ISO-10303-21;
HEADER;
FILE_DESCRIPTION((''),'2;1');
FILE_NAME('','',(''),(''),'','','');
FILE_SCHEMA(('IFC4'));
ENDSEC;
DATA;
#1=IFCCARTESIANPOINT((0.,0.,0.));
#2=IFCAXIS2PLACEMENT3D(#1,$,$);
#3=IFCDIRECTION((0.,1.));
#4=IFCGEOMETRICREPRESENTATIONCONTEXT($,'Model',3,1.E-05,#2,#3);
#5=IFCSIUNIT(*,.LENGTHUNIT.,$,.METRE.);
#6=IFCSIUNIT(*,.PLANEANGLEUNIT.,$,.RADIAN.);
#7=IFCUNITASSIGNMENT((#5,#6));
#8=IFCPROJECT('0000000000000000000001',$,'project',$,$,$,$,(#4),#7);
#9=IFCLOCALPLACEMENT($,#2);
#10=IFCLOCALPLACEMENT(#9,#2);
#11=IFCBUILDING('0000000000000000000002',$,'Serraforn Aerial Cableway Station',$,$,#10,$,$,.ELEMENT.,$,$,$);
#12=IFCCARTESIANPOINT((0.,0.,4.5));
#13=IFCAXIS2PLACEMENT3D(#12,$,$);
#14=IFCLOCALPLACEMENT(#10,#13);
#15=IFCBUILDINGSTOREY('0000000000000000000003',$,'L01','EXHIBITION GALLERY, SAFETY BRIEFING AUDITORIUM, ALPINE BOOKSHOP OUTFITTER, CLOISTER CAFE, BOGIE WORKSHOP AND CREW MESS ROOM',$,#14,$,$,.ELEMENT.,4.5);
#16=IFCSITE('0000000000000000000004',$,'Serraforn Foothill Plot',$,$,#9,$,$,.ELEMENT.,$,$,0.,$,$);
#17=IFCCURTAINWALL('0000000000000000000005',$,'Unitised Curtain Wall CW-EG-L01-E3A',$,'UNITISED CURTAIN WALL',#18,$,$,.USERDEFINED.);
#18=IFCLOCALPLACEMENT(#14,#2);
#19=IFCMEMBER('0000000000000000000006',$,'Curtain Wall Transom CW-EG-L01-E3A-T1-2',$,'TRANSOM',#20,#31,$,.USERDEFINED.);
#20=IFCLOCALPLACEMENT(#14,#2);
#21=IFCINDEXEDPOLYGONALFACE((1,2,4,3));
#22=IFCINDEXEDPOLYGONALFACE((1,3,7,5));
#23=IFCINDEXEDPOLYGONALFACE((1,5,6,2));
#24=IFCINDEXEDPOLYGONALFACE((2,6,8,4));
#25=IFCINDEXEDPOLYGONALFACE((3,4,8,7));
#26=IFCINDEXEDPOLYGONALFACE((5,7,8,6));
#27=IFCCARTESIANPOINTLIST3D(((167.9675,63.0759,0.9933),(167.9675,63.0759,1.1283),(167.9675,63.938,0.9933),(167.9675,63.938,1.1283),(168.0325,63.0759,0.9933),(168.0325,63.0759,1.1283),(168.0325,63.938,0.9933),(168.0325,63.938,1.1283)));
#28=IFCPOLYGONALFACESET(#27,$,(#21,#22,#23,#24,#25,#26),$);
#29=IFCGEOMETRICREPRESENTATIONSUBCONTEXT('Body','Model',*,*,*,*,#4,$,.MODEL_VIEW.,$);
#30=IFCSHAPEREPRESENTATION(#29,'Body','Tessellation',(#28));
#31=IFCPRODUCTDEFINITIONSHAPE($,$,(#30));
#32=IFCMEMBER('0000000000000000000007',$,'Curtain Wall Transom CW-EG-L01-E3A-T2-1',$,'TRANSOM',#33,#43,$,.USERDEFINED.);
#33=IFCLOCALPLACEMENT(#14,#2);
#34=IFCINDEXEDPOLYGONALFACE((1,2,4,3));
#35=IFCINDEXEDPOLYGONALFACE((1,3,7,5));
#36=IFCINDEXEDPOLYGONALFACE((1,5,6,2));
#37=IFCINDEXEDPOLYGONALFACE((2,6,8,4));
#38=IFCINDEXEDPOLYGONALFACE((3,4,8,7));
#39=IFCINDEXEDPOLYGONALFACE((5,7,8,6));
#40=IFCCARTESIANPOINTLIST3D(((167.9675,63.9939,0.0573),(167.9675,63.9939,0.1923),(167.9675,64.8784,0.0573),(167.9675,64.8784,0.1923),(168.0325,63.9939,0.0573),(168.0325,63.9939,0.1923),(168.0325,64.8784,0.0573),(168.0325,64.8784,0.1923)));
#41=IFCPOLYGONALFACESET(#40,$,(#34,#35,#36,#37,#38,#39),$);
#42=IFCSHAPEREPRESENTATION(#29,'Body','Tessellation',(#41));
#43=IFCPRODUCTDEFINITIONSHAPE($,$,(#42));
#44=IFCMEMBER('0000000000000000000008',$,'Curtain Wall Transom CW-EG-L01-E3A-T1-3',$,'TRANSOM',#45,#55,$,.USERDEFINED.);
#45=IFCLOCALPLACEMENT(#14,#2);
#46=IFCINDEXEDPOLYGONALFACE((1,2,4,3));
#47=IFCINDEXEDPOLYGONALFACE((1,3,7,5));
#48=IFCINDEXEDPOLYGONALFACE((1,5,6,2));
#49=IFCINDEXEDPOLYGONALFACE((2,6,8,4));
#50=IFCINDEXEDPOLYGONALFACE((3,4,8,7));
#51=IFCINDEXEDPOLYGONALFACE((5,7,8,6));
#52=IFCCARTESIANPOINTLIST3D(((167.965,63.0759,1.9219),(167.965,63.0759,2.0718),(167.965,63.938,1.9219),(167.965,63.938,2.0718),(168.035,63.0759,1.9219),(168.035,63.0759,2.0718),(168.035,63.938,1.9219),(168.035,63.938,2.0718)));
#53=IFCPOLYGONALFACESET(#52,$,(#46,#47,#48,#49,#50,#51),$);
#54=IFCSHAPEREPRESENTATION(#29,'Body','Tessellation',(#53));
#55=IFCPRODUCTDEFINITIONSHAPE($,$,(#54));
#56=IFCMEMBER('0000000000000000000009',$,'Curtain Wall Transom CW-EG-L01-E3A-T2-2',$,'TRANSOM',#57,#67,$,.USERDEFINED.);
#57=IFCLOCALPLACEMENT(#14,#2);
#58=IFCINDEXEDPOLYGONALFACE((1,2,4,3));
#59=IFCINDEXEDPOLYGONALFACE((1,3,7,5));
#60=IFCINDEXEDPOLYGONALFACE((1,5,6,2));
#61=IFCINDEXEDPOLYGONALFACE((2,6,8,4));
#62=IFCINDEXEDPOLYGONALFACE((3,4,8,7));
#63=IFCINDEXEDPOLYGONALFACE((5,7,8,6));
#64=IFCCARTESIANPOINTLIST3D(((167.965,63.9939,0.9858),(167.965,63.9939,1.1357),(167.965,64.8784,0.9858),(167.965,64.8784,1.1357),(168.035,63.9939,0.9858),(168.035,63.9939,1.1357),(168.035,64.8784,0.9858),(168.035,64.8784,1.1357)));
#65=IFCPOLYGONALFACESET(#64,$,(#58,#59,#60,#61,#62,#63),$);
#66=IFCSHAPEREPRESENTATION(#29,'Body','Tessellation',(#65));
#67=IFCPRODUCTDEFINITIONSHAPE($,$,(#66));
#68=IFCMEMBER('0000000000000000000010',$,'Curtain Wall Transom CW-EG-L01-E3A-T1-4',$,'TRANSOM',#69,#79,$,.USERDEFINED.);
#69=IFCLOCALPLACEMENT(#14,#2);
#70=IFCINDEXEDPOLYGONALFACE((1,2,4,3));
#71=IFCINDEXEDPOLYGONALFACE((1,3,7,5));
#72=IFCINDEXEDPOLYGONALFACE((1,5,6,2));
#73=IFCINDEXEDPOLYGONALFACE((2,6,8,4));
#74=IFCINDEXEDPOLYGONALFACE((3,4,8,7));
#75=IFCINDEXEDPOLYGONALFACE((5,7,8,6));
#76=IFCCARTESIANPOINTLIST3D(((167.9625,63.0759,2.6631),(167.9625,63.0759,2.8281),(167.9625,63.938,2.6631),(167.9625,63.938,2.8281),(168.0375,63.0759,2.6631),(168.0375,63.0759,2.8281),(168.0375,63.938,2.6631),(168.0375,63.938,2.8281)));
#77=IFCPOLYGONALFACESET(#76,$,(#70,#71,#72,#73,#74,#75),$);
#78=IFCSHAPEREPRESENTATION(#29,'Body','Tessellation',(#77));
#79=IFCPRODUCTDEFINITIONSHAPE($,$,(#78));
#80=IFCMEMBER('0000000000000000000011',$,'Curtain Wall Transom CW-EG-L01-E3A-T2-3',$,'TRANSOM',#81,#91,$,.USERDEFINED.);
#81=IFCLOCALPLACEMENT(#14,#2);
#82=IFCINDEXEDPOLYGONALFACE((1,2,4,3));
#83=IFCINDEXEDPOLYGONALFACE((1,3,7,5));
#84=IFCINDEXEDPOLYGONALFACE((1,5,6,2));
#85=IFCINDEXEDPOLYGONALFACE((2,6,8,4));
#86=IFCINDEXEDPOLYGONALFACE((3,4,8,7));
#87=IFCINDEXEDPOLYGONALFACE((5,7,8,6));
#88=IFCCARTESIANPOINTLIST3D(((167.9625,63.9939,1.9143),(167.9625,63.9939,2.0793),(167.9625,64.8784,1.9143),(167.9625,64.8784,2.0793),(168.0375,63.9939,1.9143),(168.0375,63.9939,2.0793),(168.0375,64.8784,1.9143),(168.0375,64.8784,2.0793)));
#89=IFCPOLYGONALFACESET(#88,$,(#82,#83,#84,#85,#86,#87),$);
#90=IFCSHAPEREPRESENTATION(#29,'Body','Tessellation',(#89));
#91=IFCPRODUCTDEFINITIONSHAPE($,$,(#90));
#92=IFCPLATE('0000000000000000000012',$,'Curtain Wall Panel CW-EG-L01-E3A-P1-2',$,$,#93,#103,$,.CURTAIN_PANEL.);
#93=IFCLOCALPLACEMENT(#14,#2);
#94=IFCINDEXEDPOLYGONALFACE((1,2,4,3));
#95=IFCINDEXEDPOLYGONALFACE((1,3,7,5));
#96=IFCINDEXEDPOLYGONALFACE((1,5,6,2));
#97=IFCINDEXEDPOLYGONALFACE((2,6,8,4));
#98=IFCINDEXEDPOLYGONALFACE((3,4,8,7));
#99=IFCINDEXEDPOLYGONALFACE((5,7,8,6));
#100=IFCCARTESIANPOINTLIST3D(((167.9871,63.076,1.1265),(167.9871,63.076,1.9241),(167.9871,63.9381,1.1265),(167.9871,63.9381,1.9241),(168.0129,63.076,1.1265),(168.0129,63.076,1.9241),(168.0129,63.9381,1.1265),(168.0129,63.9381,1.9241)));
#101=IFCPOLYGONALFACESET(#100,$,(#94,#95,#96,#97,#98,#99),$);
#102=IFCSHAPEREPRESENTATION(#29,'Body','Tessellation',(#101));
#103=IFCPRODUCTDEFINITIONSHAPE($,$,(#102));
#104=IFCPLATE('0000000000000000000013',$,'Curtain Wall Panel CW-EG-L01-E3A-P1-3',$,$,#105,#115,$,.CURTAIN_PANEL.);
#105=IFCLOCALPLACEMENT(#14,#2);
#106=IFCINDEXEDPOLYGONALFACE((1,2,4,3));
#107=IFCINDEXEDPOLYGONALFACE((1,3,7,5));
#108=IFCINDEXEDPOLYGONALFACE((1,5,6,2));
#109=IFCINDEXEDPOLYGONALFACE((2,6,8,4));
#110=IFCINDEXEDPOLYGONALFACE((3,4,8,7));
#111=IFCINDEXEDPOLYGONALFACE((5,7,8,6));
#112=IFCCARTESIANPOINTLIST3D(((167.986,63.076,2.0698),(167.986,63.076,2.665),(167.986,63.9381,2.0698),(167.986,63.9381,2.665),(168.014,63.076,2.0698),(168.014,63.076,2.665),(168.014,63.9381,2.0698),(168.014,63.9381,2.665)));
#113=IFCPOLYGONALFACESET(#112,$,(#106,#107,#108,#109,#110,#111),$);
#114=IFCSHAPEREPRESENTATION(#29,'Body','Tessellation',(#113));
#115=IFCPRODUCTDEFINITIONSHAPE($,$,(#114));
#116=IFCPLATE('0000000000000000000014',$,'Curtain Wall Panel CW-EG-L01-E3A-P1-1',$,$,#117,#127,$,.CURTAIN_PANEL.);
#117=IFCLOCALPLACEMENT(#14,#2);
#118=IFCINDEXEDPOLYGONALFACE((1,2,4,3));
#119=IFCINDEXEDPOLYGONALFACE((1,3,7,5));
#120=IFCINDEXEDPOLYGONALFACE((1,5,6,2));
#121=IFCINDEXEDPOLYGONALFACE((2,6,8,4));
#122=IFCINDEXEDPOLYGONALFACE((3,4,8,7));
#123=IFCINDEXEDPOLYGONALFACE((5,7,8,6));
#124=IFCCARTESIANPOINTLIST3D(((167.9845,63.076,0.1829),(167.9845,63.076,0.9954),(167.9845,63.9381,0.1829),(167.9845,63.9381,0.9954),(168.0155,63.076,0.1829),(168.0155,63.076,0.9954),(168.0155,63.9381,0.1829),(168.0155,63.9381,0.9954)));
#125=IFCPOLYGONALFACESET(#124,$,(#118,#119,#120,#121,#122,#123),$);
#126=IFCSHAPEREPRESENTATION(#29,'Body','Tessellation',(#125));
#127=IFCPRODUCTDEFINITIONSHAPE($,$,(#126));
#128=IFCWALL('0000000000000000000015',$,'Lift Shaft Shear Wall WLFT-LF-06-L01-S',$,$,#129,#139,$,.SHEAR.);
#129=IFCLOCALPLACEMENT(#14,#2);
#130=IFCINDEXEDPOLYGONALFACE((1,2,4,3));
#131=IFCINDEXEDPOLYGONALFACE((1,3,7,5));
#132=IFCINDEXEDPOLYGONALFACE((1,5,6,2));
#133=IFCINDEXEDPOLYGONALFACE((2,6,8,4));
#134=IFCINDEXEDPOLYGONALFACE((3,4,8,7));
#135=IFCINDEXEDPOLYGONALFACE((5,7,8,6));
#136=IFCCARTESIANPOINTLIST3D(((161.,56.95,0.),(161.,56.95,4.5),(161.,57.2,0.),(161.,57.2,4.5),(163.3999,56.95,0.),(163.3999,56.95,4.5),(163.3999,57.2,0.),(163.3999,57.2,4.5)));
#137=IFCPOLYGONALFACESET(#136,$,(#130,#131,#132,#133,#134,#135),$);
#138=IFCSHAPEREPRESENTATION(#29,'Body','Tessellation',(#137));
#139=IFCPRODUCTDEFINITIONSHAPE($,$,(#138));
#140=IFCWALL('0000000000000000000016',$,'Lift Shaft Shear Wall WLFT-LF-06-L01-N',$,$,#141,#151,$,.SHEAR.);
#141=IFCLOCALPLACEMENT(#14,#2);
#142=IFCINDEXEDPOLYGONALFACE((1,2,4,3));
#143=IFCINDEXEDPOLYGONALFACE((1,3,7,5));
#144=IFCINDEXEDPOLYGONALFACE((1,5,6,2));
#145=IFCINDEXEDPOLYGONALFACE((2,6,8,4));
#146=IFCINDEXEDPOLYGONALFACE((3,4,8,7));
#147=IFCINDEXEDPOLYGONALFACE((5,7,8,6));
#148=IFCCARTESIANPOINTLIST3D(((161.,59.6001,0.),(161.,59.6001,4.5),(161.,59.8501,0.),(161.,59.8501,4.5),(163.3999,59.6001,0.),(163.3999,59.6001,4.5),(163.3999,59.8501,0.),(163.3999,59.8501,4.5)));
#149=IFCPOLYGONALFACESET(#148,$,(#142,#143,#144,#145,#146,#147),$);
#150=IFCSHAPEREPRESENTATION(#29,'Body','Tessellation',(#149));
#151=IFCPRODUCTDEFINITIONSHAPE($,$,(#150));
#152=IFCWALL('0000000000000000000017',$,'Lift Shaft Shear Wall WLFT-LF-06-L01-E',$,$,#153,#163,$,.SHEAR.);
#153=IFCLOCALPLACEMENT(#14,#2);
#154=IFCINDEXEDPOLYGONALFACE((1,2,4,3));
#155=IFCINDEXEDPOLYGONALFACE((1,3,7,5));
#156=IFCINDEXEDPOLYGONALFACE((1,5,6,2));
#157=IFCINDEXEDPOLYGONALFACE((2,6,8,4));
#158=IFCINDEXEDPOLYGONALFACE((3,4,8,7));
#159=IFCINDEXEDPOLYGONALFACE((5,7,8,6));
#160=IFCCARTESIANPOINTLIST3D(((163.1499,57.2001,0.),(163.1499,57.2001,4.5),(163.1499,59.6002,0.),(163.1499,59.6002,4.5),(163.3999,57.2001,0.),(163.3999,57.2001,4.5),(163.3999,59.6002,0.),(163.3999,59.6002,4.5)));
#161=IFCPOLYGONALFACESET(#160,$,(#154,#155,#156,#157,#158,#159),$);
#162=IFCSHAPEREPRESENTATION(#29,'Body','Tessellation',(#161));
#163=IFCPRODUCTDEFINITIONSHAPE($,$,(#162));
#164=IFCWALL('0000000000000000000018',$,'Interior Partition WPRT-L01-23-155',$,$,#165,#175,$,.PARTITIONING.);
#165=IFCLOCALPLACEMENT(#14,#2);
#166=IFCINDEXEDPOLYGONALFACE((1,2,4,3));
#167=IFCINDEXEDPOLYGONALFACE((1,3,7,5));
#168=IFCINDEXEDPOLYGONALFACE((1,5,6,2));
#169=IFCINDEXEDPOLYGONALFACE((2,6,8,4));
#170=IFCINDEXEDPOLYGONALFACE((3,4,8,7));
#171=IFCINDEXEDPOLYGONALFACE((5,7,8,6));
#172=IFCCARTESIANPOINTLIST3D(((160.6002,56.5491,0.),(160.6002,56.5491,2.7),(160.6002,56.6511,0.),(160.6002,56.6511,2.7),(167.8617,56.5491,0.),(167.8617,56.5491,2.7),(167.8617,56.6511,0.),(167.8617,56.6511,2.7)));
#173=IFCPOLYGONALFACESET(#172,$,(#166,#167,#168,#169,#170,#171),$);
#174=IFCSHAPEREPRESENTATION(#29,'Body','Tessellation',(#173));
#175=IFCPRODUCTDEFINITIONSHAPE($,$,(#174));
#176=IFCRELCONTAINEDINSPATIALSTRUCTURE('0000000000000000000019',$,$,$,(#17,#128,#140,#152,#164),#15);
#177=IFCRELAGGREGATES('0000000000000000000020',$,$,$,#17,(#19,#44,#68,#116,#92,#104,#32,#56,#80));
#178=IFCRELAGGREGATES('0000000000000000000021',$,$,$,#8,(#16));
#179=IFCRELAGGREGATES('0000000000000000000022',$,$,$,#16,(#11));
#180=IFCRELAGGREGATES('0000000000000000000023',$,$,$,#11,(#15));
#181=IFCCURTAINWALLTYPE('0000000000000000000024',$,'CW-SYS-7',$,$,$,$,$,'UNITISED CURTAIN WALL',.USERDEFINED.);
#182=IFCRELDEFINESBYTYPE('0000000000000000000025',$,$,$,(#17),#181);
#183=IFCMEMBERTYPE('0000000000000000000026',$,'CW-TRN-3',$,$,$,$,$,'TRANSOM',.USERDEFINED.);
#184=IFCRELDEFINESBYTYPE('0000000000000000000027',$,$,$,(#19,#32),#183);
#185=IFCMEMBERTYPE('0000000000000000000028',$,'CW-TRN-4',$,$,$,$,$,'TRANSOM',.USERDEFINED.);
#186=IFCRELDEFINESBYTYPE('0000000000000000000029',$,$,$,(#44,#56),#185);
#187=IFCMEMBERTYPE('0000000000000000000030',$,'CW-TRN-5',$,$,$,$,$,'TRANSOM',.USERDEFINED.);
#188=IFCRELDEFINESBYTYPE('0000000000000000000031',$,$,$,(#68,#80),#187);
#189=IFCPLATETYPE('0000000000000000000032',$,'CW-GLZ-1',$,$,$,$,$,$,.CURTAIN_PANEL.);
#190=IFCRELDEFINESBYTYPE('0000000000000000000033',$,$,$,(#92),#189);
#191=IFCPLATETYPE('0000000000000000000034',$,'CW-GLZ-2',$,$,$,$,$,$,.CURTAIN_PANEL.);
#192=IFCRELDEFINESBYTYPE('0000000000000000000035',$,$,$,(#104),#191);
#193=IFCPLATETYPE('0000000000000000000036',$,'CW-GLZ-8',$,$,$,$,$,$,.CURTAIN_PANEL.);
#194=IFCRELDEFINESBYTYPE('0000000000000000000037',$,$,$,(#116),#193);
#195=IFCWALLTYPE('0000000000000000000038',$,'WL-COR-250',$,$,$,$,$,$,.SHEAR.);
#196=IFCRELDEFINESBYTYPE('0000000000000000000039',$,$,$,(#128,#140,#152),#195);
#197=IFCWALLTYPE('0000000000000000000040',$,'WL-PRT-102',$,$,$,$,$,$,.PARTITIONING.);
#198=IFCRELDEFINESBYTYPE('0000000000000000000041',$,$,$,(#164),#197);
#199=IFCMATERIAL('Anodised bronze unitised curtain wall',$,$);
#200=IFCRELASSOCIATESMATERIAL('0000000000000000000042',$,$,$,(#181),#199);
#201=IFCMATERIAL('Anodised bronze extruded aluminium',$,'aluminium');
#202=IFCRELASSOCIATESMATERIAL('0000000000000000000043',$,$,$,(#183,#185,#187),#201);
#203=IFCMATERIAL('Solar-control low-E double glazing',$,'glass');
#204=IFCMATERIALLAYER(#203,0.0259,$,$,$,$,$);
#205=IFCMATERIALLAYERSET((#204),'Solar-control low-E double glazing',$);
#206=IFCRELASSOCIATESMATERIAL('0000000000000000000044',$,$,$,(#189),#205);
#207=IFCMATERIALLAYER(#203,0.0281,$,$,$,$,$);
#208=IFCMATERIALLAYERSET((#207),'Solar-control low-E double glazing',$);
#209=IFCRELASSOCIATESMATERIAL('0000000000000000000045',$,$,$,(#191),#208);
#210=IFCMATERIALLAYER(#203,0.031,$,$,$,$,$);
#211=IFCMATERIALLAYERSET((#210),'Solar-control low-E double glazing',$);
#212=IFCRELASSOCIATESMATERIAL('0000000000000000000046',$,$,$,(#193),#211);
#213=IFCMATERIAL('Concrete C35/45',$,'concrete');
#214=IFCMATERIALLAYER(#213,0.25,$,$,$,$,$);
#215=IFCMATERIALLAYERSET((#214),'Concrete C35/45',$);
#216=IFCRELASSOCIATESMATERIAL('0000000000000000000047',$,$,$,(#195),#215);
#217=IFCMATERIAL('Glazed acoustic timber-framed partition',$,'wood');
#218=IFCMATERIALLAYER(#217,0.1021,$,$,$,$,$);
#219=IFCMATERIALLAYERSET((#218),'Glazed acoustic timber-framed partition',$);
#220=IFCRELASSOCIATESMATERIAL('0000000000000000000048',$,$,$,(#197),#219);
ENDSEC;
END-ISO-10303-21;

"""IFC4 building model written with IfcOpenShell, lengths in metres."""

from ifc_helpers import new_model, si_unit, direction, frame, frame_2d, origin, origin_2d, place, context, subcontext, project, spatial, rectangle, extrude, material, layer, layer_set, material_profile, profile_set, type_object, element, aggregate, save


model = new_model("IFC4")

# Units and contexts
model_context = context("Model", 3, precision=1e-05, world=origin(), true_north=direction((0.0, 1.0)))
body_context = subcontext(model_context, "Body", "Model", "MODEL_VIEW")
ifc_project = project(units=[si_unit("LENGTHUNIT", "METRE"), si_unit("PLANEANGLEUNIT", "RADIAN")], contexts=[model_context])

# Site, building, storey
site_placement = place(None, origin())
site = spatial("IfcSite", under=ifc_project, at=site_placement, Name="Serraforn Foothill Plot", CompositionType="ELEMENT", RefElevation=0.0)
building_placement = place(site_placement, origin())
building = spatial("IfcBuilding", under=site, at=building_placement, Name="Serraforn Aerial Cableway Station", CompositionType="ELEMENT")
storey_placement = place(building_placement, frame((0.0, 0.0, 4.5)))
storey = spatial("IfcBuildingStorey", under=building, at=storey_placement, Name="L01", Description="EXHIBITION GALLERY, SAFETY BRIEFING AUDITORIUM, ALPINE BOOKSHOP OUTFITTER, CLOISTER CAFE, BOGIE WORKSHOP AND CREW MESS ROOM", CompositionType="ELEMENT", Elevation=4.5)

# Shared definitions
ifc_material_1 = material(Name="Concrete C35/45", Category="concrete")

# Curtain wall, members, plates
ifc_material_2 = material(Name="Anodised bronze unitised curtain wall")
curtain_wall_type = type_object("IfcCurtainWallType", Name="CW-SYS-7", ElementType="UNITISED CURTAIN WALL", PredefinedType="USERDEFINED", material=ifc_material_2)
curtain_wall_placement = place(storey_placement, origin())
curtain_wall = element("IfcCurtainWall", 1, at=curtain_wall_placement, inside=storey, type_object=curtain_wall_type, Name="Unitised Curtain Wall CW-EG-L01-E3A", ObjectType="UNITISED CURTAIN WALL", PredefinedType="USERDEFINED")
ifc_material_3 = material(Name="Anodised bronze extruded aluminium", Category="aluminium")
ifc_material_profile_1 = material_profile(ifc_material_3, rectangle(XDim=0.0649, YDim=0.135, at=origin_2d()), Name="CW TRANSOM 65x135")
ifc_profile_set_1 = profile_set([ifc_material_profile_1], Name="Anodised bronze extruded aluminium")
member_type_1 = type_object("IfcMemberType", Name="CW-TRN-3", ElementType="TRANSOM", PredefinedType="USERDEFINED", material=ifc_profile_set_1)
member_1_placement = place(storey_placement, frame((168.0, 63.0759, 1.0608), z_axis=(0.0, 1.0, 0.0), x_axis=(-1.0, 0.0, 0.0)))
member_1 = element("IfcMember", 2, at=member_1_placement, type_object=member_type_1, Name="Curtain Wall Transom CW-EG-L01-E3A-T1-2", ObjectType="TRANSOM", PredefinedType="USERDEFINED", context=body_context, shape_type="SweptSolid", body=[
    extrude(rectangle(XDim=0.0649, YDim=0.135, at=origin_2d()), origin(), (0.0, 0.0, 1.0), 0.8621),
])
member_2_placement = place(storey_placement, frame((168.0, 63.9939, 0.1248), z_axis=(0.0, 1.0, 0.0), x_axis=(-1.0, 0.0, 0.0)))
member_2 = element("IfcMember", 3, at=member_2_placement, type_object=member_type_1, Name="Curtain Wall Transom CW-EG-L01-E3A-T2-1", ObjectType="TRANSOM", PredefinedType="USERDEFINED", context=body_context, shape_type="SweptSolid", body=[
    extrude(rectangle(XDim=0.0649, YDim=0.135, at=origin_2d()), origin(), (0.0, 0.0, 1.0), 0.8845),
])
ifc_material_profile_2 = material_profile(ifc_material_3, rectangle(XDim=0.0701, YDim=0.1499, at=origin_2d()), Name="CW TRANSOM 70x150")
ifc_profile_set_2 = profile_set([ifc_material_profile_2], Name="Anodised bronze extruded aluminium")
member_type_2 = type_object("IfcMemberType", Name="CW-TRN-4", ElementType="TRANSOM", PredefinedType="USERDEFINED", material=ifc_profile_set_2)
member_3_placement = place(storey_placement, frame((168.0, 63.0759, 1.9968), z_axis=(0.0, 1.0, 0.0), x_axis=(-1.0, 0.0, 0.0)))
member_3 = element("IfcMember", 4, at=member_3_placement, type_object=member_type_2, Name="Curtain Wall Transom CW-EG-L01-E3A-T1-3", ObjectType="TRANSOM", PredefinedType="USERDEFINED", context=body_context, shape_type="SweptSolid", body=[
    extrude(rectangle(XDim=0.0701, YDim=0.1499, at=origin_2d()), origin(), (0.0, 0.0, 1.0), 0.8621),
])
member_4_placement = place(storey_placement, frame((168.0, 63.9939, 1.0608), z_axis=(0.0, 1.0, 0.0), x_axis=(-1.0, 0.0, 0.0)))
member_4 = element("IfcMember", 5, at=member_4_placement, type_object=member_type_2, Name="Curtain Wall Transom CW-EG-L01-E3A-T2-2", ObjectType="TRANSOM", PredefinedType="USERDEFINED", context=body_context, shape_type="SweptSolid", body=[
    extrude(rectangle(XDim=0.0701, YDim=0.1499, at=origin_2d()), origin(), (0.0, 0.0, 1.0), 0.8845),
])
ifc_material_profile_3 = material_profile(ifc_material_3, rectangle(XDim=0.075, YDim=0.165, at=origin_2d()), Name="CW TRANSOM 75x165")
ifc_profile_set_3 = profile_set([ifc_material_profile_3], Name="Anodised bronze extruded aluminium")
member_type_3 = type_object("IfcMemberType", Name="CW-TRN-5", ElementType="TRANSOM", PredefinedType="USERDEFINED", material=ifc_profile_set_3)
member_5_placement = place(storey_placement, frame((168.0, 63.0759, 2.7456), z_axis=(0.0, 1.0, 0.0), x_axis=(-1.0, 0.0, 0.0)))
member_5 = element("IfcMember", 6, at=member_5_placement, type_object=member_type_3, Name="Curtain Wall Transom CW-EG-L01-E3A-T1-4", ObjectType="TRANSOM", PredefinedType="USERDEFINED", context=body_context, shape_type="SweptSolid", body=[
    extrude(rectangle(XDim=0.075, YDim=0.165, at=origin_2d()), origin(), (0.0, 0.0, 1.0), 0.8621),
])
member_6_placement = place(storey_placement, frame((168.0, 63.9939, 1.9968), z_axis=(0.0, 1.0, 0.0), x_axis=(-1.0, 0.0, 0.0)))
member_6 = element("IfcMember", 7, at=member_6_placement, type_object=member_type_3, Name="Curtain Wall Transom CW-EG-L01-E3A-T2-3", ObjectType="TRANSOM", PredefinedType="USERDEFINED", context=body_context, shape_type="SweptSolid", body=[
    extrude(rectangle(XDim=0.075, YDim=0.165, at=origin_2d()), origin(), (0.0, 0.0, 1.0), 0.8845),
])
ifc_material_4 = material(Name="Solar-control low-E double glazing", Category="glass")
ifc_layer_1 = layer(ifc_material_4, 0.0259)
ifc_layer_set_1 = layer_set([ifc_layer_1], Name="Solar-control low-E double glazing")
plate_type_1 = type_object("IfcPlateType", Name="CW-GLZ-1", PredefinedType="CURTAIN_PANEL", material=ifc_layer_set_1)
plate_1_placement = place(storey_placement, frame((168.0, 63.5071, 1.1265), z_axis=(0.0, 0.0, 1.0), x_axis=(1.0, 0.0, 0.0)))
plate_1 = element("IfcPlate", 8, at=plate_1_placement, type_object=plate_type_1, Name="Curtain Wall Panel CW-EG-L01-E3A-P1-2", PredefinedType="CURTAIN_PANEL", context=body_context, shape_type="SweptSolid", body=[
    extrude(rectangle(XDim=0.0259, YDim=0.8621, at=origin_2d()), origin(), (0.0, 0.0, 1.0), 0.7976),
])
ifc_layer_2 = layer(ifc_material_4, 0.0281)
ifc_layer_set_2 = layer_set([ifc_layer_2], Name="Solar-control low-E double glazing")
plate_type_2 = type_object("IfcPlateType", Name="CW-GLZ-2", PredefinedType="CURTAIN_PANEL", material=ifc_layer_set_2)
plate_2_placement = place(storey_placement, frame((168.0, 63.5071, 2.0698), z_axis=(0.0, 0.0, 1.0), x_axis=(1.0, 0.0, 0.0)))
plate_2 = element("IfcPlate", 9, at=plate_2_placement, type_object=plate_type_2, Name="Curtain Wall Panel CW-EG-L01-E3A-P1-3", PredefinedType="CURTAIN_PANEL", context=body_context, shape_type="SweptSolid", body=[
    extrude(rectangle(XDim=0.0281, YDim=0.8621, at=origin_2d()), origin(), (0.0, 0.0, 1.0), 0.5952),
])
ifc_layer_3 = layer(ifc_material_4, 0.031)
ifc_layer_set_3 = layer_set([ifc_layer_3], Name="Solar-control low-E double glazing")
plate_type_3 = type_object("IfcPlateType", Name="CW-GLZ-8", PredefinedType="CURTAIN_PANEL", material=ifc_layer_set_3)
plate_3_placement = place(storey_placement, frame((168.0, 63.5071, 0.1829), z_axis=(0.0, 0.0, 1.0), x_axis=(1.0, 0.0, 0.0)))
plate_3 = element("IfcPlate", 10, at=plate_3_placement, type_object=plate_type_3, Name="Curtain Wall Panel CW-EG-L01-E3A-P1-1", PredefinedType="CURTAIN_PANEL", context=body_context, shape_type="SweptSolid", body=[
    extrude(rectangle(XDim=0.031, YDim=0.8621, at=origin_2d()), origin(), (0.0, 0.0, 1.0), 0.8125),
])
aggregate(curtain_wall, [member_1, member_3, member_5, plate_3, plate_1, plate_2, member_2, member_4, member_6])

# Walls
ifc_layer_4 = layer(ifc_material_1, 0.25)
ifc_layer_set_4 = layer_set([ifc_layer_4], Name="Concrete C35/45")
wall_type_1 = type_object("IfcWallType", Name="WL-COR-250", PredefinedType="SHEAR", material=ifc_layer_set_4)
for number, where, z_axis, x_axis, name in (
    (11, (161.0, 57.075, 0.0), (0.0, 0.0, 1.0), (1.0, 0.0, 0.0), "Lift Shaft Shear Wall WLFT-LF-06-L01-S"),
    (12, (161.0, 59.7251, 0.0), (0.0, 0.0, 1.0), (1.0, 0.0, 0.0), "Lift Shaft Shear Wall WLFT-LF-06-L01-N"),
):
    element("IfcWall", number, at=place(storey_placement, frame(where, z_axis=z_axis, x_axis=x_axis)), inside=storey, type_object=wall_type_1, Name=name, PredefinedType="SHEAR", context=body_context, shape_type="SweptSolid", body=[
        extrude(rectangle(XDim=2.3999, YDim=0.25, at=frame_2d((1.2, 0.0))), origin(), (0.0, 0.0, 1.0), 4.5),
    ])

# Walls
wall_1_placement = place(storey_placement, frame((163.2749, 57.2, 0.0), z_axis=(0.0, 0.0, 1.0), x_axis=(0.0, 1.0, 0.0)))
element("IfcWall", 13, at=wall_1_placement, inside=storey, type_object=wall_type_1, Name="Lift Shaft Shear Wall WLFT-LF-06-L01-E", PredefinedType="SHEAR", context=body_context, shape_type="SweptSolid", body=[
    extrude(rectangle(XDim=2.4001, YDim=0.25, at=frame_2d((1.2002, 0.0))), origin(), (0.0, 0.0, 1.0), 4.5),
])
ifc_material_5 = material(Name="Glazed acoustic timber-framed partition", Category="wood")
ifc_layer_5 = layer(ifc_material_5, 0.1021)
ifc_layer_set_5 = layer_set([ifc_layer_5], Name="Glazed acoustic timber-framed partition")
wall_type_2 = type_object("IfcWallType", Name="WL-PRT-102", PredefinedType="PARTITIONING", material=ifc_layer_set_5)
wall_2_placement = place(storey_placement, frame((160.6001, 56.6001, 0.0), z_axis=(0.0, 0.0, 1.0), x_axis=(1.0, 0.0, 0.0)))
element("IfcWall", 14, at=wall_2_placement, inside=storey, type_object=wall_type_2, Name="Interior Partition WPRT-L01-23-155", PredefinedType="PARTITIONING", context=body_context, shape_type="SweptSolid", body=[
    extrude(rectangle(XDim=7.2615, YDim=0.1021, at=frame_2d((3.6309, 0.0))), origin(), (0.0, 0.0, 1.0), 2.7),
])

save(model, "model.ifc")
